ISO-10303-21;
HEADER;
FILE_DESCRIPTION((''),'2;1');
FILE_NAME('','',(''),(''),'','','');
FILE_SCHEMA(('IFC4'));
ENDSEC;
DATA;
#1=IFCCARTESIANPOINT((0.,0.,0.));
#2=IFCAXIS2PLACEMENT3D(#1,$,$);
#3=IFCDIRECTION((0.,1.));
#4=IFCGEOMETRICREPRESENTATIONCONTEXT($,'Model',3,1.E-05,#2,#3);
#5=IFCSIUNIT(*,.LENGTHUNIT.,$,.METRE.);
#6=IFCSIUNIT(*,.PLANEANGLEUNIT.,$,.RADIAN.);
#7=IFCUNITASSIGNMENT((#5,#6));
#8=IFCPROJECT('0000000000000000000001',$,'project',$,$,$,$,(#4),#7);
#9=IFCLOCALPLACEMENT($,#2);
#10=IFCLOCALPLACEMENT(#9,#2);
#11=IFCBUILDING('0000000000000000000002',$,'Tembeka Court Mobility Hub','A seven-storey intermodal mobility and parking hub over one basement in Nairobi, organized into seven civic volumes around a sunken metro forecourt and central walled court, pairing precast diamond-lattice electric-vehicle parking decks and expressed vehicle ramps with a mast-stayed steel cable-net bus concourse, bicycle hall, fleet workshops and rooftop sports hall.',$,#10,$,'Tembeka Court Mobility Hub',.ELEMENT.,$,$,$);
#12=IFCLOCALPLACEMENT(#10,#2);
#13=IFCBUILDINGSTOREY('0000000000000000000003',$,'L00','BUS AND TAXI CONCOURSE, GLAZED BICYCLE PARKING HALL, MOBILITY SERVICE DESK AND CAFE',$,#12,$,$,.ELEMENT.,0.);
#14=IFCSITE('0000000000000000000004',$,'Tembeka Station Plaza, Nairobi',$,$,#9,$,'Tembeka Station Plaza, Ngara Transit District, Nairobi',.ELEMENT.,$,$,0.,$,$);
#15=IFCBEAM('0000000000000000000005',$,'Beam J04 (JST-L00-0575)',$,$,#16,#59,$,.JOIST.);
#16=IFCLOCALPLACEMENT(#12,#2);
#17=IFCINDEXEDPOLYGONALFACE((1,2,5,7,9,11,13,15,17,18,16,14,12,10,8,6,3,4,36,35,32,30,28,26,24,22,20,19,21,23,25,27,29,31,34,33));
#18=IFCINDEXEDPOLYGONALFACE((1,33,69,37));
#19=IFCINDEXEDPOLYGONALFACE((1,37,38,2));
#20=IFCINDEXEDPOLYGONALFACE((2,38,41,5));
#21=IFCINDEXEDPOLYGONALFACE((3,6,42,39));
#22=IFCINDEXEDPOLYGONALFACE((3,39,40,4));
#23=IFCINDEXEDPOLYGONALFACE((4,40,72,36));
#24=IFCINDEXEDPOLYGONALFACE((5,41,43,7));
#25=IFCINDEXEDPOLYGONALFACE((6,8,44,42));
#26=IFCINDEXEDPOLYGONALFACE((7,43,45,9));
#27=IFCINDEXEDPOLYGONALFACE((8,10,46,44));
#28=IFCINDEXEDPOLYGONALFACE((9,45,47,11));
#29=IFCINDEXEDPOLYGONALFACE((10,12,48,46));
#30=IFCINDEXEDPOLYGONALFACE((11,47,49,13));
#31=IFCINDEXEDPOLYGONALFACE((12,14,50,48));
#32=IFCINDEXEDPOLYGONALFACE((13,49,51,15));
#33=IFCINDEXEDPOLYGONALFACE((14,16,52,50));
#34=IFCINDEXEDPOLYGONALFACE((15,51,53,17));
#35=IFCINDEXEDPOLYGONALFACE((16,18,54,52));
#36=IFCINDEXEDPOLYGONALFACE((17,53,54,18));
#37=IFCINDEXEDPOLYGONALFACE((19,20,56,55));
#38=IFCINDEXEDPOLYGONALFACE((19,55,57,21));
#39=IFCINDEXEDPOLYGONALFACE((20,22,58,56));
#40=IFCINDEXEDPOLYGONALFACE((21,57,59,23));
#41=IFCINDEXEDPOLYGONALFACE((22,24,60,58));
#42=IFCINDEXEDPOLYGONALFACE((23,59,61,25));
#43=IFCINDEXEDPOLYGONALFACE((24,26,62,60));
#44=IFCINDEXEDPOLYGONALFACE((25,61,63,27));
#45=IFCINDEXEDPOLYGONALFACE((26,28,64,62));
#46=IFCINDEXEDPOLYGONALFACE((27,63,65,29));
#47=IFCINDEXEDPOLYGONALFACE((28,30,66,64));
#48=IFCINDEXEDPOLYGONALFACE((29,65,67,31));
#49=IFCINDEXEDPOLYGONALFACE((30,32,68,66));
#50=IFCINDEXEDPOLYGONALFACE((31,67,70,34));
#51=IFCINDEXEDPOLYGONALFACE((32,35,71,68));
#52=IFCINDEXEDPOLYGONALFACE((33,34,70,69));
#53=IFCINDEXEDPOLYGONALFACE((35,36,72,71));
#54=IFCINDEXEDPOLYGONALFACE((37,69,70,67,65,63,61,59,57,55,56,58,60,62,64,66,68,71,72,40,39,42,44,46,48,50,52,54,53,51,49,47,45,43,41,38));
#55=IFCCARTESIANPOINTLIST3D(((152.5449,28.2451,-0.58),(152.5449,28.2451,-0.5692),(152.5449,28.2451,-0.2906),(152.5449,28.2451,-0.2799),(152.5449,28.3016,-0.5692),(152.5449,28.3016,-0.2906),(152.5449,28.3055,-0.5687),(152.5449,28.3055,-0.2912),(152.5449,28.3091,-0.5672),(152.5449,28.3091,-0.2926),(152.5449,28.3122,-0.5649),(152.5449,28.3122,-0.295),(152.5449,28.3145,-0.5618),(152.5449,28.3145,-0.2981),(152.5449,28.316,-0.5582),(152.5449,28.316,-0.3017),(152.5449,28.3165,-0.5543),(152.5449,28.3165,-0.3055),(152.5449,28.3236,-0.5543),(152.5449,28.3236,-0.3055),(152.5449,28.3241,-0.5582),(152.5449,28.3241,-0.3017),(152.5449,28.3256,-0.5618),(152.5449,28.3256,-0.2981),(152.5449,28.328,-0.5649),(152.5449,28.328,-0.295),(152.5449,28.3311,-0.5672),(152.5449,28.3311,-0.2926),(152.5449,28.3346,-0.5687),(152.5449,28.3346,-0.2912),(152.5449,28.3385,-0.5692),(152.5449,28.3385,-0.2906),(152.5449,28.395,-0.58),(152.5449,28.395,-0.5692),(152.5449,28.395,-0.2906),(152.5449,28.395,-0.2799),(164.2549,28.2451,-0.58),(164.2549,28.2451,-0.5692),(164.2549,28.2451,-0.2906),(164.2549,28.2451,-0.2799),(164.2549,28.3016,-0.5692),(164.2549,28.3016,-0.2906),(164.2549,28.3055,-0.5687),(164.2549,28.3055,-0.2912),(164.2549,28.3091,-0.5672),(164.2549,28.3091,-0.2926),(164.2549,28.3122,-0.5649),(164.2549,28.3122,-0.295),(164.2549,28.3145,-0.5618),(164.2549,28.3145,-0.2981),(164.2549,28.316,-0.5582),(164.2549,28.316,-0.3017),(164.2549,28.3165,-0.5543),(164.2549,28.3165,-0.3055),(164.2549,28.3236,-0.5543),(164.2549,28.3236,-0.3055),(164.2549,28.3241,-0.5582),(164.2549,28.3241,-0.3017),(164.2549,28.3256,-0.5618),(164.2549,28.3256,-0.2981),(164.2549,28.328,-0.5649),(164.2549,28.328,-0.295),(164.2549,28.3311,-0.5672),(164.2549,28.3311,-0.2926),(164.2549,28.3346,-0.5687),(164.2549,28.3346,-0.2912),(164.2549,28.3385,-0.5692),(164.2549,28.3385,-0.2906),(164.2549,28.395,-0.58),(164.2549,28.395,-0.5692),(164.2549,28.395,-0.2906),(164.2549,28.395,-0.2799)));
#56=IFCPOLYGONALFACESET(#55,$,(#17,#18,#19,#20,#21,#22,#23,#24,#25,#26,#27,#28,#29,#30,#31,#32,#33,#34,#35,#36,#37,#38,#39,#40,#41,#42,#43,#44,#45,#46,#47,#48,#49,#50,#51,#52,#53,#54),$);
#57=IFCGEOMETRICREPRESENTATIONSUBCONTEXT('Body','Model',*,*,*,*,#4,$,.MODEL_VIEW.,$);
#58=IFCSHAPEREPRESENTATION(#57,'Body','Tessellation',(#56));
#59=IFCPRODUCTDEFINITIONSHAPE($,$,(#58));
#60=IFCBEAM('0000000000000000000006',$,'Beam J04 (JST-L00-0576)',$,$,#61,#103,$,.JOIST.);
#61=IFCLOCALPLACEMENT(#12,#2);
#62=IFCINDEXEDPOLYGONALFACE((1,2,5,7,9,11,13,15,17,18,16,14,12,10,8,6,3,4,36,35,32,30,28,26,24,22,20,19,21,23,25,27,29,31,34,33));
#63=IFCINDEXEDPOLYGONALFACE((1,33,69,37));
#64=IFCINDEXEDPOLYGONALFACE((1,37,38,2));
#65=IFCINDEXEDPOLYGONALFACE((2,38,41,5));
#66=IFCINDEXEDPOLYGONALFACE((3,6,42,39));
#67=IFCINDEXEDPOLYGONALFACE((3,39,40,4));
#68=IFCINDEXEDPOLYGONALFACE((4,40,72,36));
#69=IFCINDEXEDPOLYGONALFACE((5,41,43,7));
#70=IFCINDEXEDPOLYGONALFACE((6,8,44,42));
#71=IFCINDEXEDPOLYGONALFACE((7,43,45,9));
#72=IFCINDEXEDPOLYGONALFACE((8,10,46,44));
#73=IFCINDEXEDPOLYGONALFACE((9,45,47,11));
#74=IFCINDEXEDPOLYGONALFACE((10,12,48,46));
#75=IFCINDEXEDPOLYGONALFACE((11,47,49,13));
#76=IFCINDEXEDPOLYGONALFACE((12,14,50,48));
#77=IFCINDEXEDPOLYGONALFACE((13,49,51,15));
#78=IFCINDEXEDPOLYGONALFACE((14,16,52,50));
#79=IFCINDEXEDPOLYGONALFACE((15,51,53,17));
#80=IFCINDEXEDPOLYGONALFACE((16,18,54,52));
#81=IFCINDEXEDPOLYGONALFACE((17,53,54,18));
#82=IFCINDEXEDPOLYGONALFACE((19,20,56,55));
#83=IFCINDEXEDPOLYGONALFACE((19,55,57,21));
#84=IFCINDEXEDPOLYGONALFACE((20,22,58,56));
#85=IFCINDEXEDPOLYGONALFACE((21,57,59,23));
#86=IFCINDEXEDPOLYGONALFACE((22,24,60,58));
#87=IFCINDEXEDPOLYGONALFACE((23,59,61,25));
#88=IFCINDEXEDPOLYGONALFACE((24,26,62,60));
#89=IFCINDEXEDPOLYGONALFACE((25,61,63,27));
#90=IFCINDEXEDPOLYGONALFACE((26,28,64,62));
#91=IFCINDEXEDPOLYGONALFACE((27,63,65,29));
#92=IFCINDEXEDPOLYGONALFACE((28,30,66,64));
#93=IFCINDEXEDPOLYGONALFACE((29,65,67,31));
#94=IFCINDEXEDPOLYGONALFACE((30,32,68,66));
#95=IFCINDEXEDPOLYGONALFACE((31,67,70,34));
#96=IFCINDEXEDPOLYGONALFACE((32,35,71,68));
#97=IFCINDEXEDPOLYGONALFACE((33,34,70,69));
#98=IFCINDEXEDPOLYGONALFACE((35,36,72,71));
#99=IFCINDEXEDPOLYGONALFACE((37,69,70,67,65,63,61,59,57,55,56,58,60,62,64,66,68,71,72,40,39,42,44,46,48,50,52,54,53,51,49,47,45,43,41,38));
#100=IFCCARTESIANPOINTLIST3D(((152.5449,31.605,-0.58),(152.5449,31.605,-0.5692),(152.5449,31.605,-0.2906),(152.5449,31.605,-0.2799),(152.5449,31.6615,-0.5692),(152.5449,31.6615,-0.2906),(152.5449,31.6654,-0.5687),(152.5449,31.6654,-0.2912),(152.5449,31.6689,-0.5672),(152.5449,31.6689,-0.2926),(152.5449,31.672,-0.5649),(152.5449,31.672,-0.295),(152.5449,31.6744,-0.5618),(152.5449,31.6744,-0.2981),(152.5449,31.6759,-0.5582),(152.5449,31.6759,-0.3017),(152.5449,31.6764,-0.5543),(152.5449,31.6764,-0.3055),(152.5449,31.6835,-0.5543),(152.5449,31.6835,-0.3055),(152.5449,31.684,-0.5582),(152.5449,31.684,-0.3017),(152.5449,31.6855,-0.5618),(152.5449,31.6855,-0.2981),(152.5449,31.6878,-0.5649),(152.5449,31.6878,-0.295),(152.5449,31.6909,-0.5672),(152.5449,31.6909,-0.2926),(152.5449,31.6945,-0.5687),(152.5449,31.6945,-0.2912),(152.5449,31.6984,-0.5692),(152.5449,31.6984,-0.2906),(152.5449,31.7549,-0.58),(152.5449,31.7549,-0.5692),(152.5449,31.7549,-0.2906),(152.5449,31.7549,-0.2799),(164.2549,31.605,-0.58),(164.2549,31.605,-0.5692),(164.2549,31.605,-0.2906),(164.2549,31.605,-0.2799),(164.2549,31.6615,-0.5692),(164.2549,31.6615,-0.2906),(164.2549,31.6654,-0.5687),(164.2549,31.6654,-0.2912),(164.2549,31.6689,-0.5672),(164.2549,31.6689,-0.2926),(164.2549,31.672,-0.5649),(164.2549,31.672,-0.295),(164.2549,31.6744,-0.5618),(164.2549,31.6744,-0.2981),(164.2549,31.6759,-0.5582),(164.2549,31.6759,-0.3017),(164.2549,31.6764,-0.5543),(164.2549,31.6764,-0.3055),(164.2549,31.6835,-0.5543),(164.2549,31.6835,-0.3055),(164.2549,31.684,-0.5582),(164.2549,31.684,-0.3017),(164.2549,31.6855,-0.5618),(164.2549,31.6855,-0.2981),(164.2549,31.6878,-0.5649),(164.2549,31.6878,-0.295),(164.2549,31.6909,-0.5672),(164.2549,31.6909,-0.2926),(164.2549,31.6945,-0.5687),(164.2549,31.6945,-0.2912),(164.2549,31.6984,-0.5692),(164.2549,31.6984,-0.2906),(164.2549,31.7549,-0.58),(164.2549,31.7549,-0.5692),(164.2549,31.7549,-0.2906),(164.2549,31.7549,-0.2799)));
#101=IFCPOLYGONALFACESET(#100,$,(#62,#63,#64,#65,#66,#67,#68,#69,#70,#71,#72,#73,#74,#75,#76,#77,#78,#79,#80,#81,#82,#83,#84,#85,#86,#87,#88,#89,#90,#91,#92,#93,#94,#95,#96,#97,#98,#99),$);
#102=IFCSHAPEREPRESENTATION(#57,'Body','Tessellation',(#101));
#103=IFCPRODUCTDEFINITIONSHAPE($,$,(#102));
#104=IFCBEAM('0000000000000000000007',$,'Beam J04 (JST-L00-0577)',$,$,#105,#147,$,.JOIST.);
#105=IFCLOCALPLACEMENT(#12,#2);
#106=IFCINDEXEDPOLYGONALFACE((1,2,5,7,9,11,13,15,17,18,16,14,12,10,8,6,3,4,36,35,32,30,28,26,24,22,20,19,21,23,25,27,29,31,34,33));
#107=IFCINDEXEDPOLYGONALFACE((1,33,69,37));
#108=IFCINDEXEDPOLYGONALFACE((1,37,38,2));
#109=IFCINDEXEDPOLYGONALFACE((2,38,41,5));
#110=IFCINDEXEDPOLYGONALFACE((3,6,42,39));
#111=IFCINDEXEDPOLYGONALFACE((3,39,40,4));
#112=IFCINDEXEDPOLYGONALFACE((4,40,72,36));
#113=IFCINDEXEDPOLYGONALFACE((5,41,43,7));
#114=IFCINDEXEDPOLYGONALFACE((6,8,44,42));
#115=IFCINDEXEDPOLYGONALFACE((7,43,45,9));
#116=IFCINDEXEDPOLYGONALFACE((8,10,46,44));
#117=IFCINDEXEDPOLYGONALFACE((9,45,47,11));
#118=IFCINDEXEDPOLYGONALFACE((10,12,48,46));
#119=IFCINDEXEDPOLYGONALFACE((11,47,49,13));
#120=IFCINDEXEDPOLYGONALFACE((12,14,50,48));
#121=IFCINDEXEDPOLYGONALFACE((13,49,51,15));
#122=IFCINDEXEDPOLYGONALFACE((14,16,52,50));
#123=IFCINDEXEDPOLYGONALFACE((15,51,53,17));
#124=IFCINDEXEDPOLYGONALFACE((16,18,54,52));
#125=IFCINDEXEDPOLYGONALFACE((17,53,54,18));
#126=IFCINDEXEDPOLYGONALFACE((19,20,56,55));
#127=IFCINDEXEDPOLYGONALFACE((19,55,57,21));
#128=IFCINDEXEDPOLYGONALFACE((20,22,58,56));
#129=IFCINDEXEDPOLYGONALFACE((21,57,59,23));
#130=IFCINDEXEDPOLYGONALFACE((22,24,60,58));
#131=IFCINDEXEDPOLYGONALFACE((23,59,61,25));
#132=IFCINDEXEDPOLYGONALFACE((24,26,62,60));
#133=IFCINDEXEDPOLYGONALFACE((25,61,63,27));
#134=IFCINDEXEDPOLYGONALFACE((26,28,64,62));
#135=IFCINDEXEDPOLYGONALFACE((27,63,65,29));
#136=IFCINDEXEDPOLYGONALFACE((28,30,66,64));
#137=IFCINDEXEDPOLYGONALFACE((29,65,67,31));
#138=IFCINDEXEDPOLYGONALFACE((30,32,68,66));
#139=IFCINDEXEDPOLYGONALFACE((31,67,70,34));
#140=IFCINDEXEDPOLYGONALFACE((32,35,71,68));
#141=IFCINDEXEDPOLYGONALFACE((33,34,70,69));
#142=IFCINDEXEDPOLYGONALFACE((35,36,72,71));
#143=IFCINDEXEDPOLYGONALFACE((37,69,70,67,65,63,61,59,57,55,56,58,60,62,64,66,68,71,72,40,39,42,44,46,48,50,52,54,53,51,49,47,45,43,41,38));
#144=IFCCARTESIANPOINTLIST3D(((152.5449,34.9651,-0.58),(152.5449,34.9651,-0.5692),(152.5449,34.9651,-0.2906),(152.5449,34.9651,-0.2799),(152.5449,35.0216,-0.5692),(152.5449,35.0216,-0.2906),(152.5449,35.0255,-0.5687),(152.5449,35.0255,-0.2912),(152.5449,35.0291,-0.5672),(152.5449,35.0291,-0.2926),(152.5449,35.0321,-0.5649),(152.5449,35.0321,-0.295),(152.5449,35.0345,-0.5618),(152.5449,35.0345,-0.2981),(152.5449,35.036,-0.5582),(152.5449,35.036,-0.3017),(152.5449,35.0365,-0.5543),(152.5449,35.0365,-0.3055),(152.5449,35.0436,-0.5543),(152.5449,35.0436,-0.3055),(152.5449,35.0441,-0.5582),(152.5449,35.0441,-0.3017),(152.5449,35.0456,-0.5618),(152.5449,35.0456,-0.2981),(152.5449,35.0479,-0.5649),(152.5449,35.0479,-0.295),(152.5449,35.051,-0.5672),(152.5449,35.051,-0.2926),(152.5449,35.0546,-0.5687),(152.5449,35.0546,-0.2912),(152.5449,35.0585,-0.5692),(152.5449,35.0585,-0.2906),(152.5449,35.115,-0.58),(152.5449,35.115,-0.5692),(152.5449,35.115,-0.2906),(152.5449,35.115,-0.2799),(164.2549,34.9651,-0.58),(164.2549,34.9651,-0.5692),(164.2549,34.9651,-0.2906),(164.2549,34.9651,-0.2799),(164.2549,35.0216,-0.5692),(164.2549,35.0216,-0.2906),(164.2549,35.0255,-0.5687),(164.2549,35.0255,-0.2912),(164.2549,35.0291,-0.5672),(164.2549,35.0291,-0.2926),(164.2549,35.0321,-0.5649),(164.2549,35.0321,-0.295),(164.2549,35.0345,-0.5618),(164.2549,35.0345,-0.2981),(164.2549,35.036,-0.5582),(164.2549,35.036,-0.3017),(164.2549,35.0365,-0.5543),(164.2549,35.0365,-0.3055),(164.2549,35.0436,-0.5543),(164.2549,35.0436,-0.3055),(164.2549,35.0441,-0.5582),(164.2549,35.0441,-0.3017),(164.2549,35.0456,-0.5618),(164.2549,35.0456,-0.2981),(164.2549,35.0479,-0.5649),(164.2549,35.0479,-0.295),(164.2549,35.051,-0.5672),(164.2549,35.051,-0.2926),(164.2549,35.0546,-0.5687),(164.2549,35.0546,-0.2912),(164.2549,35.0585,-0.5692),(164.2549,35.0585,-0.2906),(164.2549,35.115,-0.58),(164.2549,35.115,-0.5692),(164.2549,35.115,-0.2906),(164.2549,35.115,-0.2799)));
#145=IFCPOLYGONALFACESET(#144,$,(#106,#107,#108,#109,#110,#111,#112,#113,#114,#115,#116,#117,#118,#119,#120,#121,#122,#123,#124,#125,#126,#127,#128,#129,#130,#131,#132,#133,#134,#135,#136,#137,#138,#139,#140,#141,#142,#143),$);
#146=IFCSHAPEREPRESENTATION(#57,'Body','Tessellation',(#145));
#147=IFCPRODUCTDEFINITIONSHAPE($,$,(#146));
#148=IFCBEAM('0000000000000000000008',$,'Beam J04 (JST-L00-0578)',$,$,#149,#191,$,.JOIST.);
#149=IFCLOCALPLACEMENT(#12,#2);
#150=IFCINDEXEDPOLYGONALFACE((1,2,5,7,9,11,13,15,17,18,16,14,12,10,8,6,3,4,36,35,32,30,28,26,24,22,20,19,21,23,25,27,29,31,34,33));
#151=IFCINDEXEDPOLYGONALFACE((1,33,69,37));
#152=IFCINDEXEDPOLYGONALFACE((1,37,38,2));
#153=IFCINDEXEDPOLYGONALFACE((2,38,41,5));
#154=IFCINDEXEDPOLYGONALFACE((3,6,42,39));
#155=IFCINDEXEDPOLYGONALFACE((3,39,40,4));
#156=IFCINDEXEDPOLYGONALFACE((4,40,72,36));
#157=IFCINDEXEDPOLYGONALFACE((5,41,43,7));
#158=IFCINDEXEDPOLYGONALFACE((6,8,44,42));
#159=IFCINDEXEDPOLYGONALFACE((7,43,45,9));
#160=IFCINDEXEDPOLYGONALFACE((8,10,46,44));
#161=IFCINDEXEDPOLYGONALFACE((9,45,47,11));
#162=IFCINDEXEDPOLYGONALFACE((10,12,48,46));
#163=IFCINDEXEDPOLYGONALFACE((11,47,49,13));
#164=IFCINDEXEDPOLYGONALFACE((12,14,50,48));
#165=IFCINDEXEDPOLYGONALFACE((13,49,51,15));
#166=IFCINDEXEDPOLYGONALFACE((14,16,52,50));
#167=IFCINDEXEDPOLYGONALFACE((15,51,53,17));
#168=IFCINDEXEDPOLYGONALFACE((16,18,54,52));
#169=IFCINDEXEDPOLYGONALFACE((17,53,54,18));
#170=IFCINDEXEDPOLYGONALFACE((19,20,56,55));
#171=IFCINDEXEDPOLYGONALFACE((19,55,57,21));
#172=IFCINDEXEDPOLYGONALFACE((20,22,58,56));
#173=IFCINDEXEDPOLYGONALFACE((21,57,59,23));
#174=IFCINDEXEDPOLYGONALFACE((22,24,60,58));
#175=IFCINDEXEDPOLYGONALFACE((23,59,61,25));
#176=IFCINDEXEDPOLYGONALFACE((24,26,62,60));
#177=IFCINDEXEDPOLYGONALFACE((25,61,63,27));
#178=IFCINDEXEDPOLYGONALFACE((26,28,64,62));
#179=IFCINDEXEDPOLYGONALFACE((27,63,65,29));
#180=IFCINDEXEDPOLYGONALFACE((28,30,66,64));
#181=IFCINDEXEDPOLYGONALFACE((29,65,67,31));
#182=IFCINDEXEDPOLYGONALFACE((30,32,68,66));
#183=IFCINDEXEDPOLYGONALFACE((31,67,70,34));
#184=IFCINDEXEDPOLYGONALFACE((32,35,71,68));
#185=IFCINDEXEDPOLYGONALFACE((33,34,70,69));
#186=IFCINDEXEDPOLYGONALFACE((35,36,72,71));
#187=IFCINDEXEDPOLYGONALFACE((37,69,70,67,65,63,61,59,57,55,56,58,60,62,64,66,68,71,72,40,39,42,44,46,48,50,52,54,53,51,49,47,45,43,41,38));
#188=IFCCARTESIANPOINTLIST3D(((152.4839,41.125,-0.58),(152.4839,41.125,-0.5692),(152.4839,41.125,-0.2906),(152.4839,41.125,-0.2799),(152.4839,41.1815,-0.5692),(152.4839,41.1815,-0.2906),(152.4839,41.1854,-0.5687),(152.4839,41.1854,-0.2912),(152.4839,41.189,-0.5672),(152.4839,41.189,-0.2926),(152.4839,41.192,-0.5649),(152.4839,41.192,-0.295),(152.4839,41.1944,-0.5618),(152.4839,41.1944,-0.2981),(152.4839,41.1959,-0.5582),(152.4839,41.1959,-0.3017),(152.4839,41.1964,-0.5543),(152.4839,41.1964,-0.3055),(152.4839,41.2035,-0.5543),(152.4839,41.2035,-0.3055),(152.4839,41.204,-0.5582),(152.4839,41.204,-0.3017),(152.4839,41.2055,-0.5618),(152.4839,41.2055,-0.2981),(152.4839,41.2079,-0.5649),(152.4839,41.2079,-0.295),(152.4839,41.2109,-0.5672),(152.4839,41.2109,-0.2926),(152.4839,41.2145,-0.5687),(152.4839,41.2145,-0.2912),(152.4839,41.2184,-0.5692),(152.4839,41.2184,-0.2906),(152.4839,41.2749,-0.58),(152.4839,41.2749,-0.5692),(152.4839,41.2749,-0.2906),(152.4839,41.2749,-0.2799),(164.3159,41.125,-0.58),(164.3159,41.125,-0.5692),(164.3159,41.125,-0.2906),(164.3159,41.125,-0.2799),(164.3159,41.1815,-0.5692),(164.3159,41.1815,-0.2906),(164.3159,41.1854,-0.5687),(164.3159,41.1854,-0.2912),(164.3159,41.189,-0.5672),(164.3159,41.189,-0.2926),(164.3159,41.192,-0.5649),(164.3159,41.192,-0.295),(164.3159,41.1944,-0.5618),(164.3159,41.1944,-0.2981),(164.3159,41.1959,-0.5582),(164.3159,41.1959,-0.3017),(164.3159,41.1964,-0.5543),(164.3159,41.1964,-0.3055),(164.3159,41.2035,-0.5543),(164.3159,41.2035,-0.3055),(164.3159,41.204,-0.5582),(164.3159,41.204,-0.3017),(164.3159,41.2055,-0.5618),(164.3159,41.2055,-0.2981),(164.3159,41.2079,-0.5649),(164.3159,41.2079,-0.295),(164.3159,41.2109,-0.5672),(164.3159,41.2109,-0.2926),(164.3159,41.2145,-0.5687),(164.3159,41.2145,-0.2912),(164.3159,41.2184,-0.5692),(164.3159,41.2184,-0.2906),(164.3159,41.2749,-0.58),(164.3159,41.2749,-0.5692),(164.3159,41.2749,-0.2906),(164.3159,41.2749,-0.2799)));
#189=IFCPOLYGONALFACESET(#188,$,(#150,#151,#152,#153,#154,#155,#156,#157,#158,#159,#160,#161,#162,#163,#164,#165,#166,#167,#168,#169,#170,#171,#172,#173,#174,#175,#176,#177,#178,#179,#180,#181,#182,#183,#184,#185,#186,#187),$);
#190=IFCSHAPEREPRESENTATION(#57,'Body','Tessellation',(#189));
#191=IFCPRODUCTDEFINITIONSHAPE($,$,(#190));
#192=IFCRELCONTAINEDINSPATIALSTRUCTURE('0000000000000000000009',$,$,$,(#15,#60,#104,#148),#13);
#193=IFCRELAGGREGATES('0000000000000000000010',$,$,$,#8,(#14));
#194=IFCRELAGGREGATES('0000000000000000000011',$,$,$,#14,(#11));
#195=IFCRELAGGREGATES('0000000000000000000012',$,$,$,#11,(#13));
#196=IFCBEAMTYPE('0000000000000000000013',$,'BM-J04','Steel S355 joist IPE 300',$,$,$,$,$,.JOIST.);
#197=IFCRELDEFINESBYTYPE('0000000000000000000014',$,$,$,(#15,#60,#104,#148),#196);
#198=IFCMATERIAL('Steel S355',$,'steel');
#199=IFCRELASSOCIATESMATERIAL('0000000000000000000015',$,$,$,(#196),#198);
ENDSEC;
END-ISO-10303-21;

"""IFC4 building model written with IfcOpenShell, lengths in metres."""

from ifc_helpers import new_model, si_unit, direction, frame, origin, origin_2d, place, context, subcontext, project, spatial, i_section, extrude, material, material_profile, profile_set, type_object, element, save


model = new_model("IFC4")

# Units and contexts
model_context = context("Model", 3, precision=1e-05, world=origin(), true_north=direction((0.0, 1.0)))
body_context = subcontext(model_context, "Body", "Model", "MODEL_VIEW")
ifc_project = project(units=[si_unit("LENGTHUNIT", "METRE"), si_unit("PLANEANGLEUNIT", "RADIAN")], contexts=[model_context])

# Site, building, storey
site_placement = place(None, origin())
site = spatial("IfcSite", under=ifc_project, at=site_placement, Name="Tembeka Station Plaza, Nairobi", LongName="Tembeka Station Plaza, Ngara Transit District, Nairobi", CompositionType="ELEMENT", RefElevation=0.0)
building_placement = place(site_placement, origin())
building = spatial("IfcBuilding", under=site, at=building_placement, Name="Tembeka Court Mobility Hub", Description="A seven-storey intermodal mobility and parking hub over one basement in Nairobi, organized into seven civic volumes around a sunken metro forecourt and central walled court, pairing precast diamond-lattice electric-vehicle parking decks and expressed vehicle ramps with a mast-stayed steel cable-net bus concourse, bicycle hall, fleet workshops and rooftop sports hall.", LongName="Tembeka Court Mobility Hub", CompositionType="ELEMENT")
storey_placement = place(building_placement, origin())
storey = spatial("IfcBuildingStorey", under=building, at=storey_placement, Name="L00", Description="BUS AND TAXI CONCOURSE, GLAZED BICYCLE PARKING HALL, MOBILITY SERVICE DESK AND CAFE", CompositionType="ELEMENT", Elevation=0.0)

# Shared definitions
ifc_material_1 = material(Name="Steel S355", Category="steel")

# Beams
ifc_material_profile_1 = material_profile(ifc_material_1, i_section(OverallWidth=0.1499, OverallDepth=0.3, WebThickness=0.0071, FlangeThickness=0.0107, FilletRadius=0.0149, at=origin_2d()), Name="IPE 300")
ifc_profile_set_1 = profile_set([ifc_material_profile_1], Name="Steel S355")
beam_type_1 = type_object("IfcBeamType", Name="BM-J04", Description="Steel S355 joist IPE 300", PredefinedType="JOIST", material=ifc_profile_set_1)
for number, where, z_axis, x_axis, name in (
    (1, (152.5449, 28.3201, -0.4299), (1.0, 0.0, 0.0), (0.0, 1.0, 0.0), "Beam J04 (JST-L00-0575)"),
    (2, (152.5449, 31.6799, -0.4299), (1.0, 0.0, 0.0), (0.0, 1.0, 0.0), "Beam J04 (JST-L00-0576)"),
    (3, (152.5449, 35.04, -0.4299), (1.0, 0.0, 0.0), (0.0, 1.0, 0.0), "Beam J04 (JST-L00-0577)"),
):
    element("IfcBeam", number, at=place(storey_placement, frame(where, z_axis=z_axis, x_axis=x_axis)), inside=storey, type_object=beam_type_1, Name=name, PredefinedType="JOIST", context=body_context, shape_type="SweptSolid", body=[
        extrude(i_section(OverallWidth=0.1499, OverallDepth=0.3, WebThickness=0.0071, FlangeThickness=0.0107, FilletRadius=0.0149, at=origin_2d()), origin(), (0.0, 0.0, 1.0), 11.71),
    ])
for number, where, z_axis, x_axis, name in (
    (4, (152.4839, 41.2, -0.4299), (1.0, 0.0, 0.0), (0.0, 1.0, 0.0), "Beam J04 (JST-L00-0578)"),
):
    element("IfcBeam", number, at=place(storey_placement, frame(where, z_axis=z_axis, x_axis=x_axis)), inside=storey, type_object=beam_type_1, Name=name, PredefinedType="JOIST", context=body_context, shape_type="SweptSolid", body=[
        extrude(i_section(OverallWidth=0.1499, OverallDepth=0.3, WebThickness=0.0071, FlangeThickness=0.0107, FilletRadius=0.0149, at=origin_2d()), origin(), (0.0, 0.0, 1.0), 11.832),
    ])

save(model, "model.ifc")
